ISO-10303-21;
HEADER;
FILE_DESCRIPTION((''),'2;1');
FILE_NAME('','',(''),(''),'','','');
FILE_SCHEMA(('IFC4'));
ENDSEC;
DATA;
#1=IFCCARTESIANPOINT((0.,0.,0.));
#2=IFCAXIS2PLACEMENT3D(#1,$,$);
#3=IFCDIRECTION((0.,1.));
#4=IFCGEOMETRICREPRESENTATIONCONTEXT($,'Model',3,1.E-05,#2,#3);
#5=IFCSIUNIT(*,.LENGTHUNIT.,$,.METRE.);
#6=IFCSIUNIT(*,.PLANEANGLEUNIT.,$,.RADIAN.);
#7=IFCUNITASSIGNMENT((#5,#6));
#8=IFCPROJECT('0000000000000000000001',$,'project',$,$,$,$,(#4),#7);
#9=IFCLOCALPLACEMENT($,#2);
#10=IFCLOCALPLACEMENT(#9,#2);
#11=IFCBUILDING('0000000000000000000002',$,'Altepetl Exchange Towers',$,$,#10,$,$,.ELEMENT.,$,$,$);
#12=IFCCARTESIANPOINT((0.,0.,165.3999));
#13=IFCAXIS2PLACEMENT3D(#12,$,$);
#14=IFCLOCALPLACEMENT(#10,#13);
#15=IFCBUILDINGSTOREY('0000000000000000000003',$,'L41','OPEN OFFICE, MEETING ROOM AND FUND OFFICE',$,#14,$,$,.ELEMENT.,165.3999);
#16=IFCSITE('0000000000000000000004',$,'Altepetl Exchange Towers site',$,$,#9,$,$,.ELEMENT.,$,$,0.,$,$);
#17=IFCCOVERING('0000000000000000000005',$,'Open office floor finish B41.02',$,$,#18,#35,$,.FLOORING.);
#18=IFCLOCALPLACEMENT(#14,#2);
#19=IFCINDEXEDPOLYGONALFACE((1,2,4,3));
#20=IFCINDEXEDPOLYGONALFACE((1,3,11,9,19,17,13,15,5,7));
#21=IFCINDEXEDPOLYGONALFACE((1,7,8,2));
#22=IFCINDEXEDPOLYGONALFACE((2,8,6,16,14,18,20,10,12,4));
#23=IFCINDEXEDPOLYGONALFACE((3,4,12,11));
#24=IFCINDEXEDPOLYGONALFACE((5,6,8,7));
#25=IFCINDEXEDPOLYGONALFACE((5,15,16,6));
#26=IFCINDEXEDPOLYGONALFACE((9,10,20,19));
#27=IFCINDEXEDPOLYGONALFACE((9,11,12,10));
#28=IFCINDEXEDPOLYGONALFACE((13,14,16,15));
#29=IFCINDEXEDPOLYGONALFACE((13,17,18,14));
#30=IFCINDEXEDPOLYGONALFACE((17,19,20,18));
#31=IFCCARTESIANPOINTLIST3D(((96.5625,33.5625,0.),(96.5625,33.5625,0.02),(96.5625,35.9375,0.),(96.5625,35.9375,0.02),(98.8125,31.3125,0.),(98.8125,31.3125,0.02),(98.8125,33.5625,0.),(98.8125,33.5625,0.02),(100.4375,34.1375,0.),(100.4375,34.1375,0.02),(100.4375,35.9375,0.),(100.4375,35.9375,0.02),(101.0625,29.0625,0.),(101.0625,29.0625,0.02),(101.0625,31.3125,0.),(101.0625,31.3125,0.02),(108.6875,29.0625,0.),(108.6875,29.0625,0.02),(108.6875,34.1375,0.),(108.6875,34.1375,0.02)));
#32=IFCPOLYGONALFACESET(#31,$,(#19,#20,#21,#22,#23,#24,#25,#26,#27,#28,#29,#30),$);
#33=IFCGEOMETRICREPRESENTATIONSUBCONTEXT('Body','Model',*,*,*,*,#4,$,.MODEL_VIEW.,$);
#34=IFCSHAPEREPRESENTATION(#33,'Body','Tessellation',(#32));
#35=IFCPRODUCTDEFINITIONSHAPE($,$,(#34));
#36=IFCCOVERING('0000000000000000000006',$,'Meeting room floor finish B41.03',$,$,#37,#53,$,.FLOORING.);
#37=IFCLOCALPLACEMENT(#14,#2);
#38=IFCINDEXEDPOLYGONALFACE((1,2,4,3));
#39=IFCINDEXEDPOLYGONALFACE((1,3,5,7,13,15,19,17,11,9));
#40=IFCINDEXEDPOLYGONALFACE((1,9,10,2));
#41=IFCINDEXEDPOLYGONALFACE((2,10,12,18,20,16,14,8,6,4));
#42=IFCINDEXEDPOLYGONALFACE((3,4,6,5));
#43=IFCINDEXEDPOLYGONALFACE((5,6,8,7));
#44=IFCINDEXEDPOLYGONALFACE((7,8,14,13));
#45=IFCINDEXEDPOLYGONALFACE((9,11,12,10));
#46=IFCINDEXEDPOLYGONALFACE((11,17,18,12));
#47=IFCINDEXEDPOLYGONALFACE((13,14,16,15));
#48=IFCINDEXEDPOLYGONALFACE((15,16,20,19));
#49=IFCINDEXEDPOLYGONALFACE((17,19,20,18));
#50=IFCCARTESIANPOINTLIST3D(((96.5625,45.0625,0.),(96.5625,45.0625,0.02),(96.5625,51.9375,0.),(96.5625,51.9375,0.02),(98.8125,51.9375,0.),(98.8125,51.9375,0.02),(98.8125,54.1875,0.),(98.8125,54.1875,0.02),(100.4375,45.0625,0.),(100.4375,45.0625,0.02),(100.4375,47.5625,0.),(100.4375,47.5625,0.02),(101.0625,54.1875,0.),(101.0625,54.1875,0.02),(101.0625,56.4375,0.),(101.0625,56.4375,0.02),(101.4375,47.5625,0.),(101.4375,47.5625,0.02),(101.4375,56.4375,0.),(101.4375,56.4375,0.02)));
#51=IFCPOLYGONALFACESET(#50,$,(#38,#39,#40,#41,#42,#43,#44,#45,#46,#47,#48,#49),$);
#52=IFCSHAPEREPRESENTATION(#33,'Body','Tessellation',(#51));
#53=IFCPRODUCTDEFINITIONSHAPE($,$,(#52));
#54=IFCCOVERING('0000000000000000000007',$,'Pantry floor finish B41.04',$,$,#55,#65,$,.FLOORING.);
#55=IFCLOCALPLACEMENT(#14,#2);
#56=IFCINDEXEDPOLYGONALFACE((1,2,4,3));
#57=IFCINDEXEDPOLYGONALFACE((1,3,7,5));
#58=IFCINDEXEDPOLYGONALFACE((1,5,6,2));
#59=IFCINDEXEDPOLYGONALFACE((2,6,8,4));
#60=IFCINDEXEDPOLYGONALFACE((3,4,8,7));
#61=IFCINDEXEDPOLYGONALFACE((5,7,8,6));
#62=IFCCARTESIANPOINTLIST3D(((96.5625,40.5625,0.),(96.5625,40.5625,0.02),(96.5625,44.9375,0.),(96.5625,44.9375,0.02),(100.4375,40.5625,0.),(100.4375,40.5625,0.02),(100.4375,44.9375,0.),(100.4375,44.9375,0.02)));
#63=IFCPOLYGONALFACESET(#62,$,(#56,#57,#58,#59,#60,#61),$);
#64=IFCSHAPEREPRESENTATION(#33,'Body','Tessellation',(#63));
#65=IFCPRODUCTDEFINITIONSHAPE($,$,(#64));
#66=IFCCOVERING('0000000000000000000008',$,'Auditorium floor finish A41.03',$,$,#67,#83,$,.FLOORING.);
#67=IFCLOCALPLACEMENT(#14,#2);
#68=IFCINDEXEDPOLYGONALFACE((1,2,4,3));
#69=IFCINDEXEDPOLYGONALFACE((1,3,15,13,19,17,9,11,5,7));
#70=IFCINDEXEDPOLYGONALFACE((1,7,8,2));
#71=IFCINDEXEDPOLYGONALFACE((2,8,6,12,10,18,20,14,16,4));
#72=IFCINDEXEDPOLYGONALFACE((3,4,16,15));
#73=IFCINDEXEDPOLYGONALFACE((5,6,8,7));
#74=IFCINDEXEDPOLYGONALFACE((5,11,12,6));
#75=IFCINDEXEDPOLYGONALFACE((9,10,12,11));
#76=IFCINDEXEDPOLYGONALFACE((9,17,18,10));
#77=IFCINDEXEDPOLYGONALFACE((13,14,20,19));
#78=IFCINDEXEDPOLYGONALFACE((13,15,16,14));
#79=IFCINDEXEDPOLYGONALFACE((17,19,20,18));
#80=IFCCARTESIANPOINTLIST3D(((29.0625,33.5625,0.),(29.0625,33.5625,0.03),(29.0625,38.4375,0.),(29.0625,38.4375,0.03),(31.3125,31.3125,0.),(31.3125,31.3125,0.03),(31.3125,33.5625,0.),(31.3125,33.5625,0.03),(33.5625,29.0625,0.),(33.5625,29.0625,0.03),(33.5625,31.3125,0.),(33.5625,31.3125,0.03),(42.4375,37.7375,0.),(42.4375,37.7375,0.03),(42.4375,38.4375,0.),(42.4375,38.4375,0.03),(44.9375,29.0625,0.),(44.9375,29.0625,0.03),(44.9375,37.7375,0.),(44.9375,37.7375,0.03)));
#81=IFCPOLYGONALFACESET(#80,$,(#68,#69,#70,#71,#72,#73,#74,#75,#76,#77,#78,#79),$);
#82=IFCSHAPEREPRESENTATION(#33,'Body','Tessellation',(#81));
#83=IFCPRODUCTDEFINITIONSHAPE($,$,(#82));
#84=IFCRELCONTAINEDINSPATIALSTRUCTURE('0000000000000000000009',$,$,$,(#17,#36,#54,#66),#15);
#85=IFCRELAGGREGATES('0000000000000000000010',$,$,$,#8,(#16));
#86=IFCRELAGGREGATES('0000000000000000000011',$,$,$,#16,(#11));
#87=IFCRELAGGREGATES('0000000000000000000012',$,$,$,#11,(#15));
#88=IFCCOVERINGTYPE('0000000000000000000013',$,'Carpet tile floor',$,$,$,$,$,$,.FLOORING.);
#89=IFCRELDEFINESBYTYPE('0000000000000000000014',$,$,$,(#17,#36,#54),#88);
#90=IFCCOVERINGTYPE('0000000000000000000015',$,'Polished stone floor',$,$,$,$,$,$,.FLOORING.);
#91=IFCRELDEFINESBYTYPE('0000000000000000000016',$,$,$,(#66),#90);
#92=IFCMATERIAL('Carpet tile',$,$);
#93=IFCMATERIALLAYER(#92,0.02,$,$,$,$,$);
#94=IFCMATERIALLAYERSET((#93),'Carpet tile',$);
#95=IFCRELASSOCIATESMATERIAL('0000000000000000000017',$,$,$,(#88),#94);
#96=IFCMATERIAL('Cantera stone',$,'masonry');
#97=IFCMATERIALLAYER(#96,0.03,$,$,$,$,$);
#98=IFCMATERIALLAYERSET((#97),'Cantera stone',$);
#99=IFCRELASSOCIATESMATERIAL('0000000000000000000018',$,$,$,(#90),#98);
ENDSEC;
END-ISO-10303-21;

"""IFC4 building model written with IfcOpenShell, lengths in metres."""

from ifc_helpers import new_model, si_unit, direction, frame, origin, place, context, subcontext, project, spatial, polyline, outline, extrude, material, layer, layer_set, type_object, element, save


model = new_model("IFC4")

# Units and contexts
model_context = context("Model", 3, precision=1e-05, world=origin(), true_north=direction((0.0, 1.0)))
body_context = subcontext(model_context, "Body", "Model", "MODEL_VIEW")
ifc_project = project(units=[si_unit("LENGTHUNIT", "METRE"), si_unit("PLANEANGLEUNIT", "RADIAN")], contexts=[model_context])

# Site, building, storey
site_placement = place(None, origin())
site = spatial("IfcSite", under=ifc_project, at=site_placement, Name="Altepetl Exchange Towers site", CompositionType="ELEMENT", RefElevation=0.0)
building_placement = place(site_placement, origin())
building = spatial("IfcBuilding", under=site, at=building_placement, Name="Altepetl Exchange Towers", CompositionType="ELEMENT")
storey_placement = place(building_placement, frame((0.0, 0.0, 165.3999)))
storey = spatial("IfcBuildingStorey", under=building, at=storey_placement, Name="L41", Description="OPEN OFFICE, MEETING ROOM AND FUND OFFICE", CompositionType="ELEMENT", Elevation=165.3999)

# Coverings
ifc_material_1 = material(Name="Carpet tile")
ifc_layer_1 = layer(ifc_material_1, 0.02)
ifc_layer_set_1 = layer_set([ifc_layer_1], Name="Carpet tile")
covering_type_1 = type_object("IfcCoveringType", Name="Carpet tile floor", PredefinedType="FLOORING", material=ifc_layer_set_1)
covering_1_placement = place(storey_placement, origin())
element("IfcCovering", 1, at=covering_1_placement, inside=storey, type_object=covering_type_1, Name="Open office floor finish B41.02", PredefinedType="FLOORING", context=body_context, shape_type="SweptSolid", body=[
    extrude(outline(polyline([(108.6875, 29.0625), (108.6875, 34.1375), (100.4375, 34.1375), (100.4375, 35.9375), (96.5625, 35.9375), (96.5625, 33.5625), (98.8125, 33.5625), (98.8125, 31.3125), (101.0625, 31.3125), (101.0625, 29.0625), (108.6875, 29.0625)])), origin(), (0.0, 0.0, 1.0), 0.02),
])
covering_2_placement = place(storey_placement, origin())
element("IfcCovering", 2, at=covering_2_placement, inside=storey, type_object=covering_type_1, Name="Meeting room floor finish B41.03", PredefinedType="FLOORING", context=body_context, shape_type="SweptSolid", body=[
    extrude(outline(polyline([(101.4375, 47.5625), (101.4375, 56.4375), (101.0625, 56.4375), (101.0625, 54.1875), (98.8125, 54.1875), (98.8125, 51.9375), (96.5625, 51.9375), (96.5625, 45.0625), (100.4375, 45.0625), (100.4375, 47.5625), (101.4375, 47.5625)])), origin(), (0.0, 0.0, 1.0), 0.02),
])
covering_3_placement = place(storey_placement, origin())
element("IfcCovering", 3, at=covering_3_placement, inside=storey, type_object=covering_type_1, Name="Pantry floor finish B41.04", PredefinedType="FLOORING", context=body_context, shape_type="SweptSolid", body=[
    extrude(outline(polyline([(100.4375, 44.9375), (96.5625, 44.9375), (96.5625, 40.5625), (100.4375, 40.5625), (100.4375, 44.9375)])), origin(), (0.0, 0.0, 1.0), 0.02),
])
ifc_material_2 = material(Name="Cantera stone", Category="masonry")
ifc_layer_2 = layer(ifc_material_2, 0.03)
ifc_layer_set_2 = layer_set([ifc_layer_2], Name="Cantera stone")
covering_type_2 = type_object("IfcCoveringType", Name="Polished stone floor", PredefinedType="FLOORING", material=ifc_layer_set_2)
covering_4_placement = place(storey_placement, origin())
element("IfcCovering", 4, at=covering_4_placement, inside=storey, type_object=covering_type_2, Name="Auditorium floor finish A41.03", PredefinedType="FLOORING", context=body_context, shape_type="SweptSolid", body=[
    extrude(outline(polyline([(33.5625, 29.0625), (44.9375, 29.0625), (44.9375, 37.7375), (42.4375, 37.7375), (42.4375, 38.4375), (29.0625, 38.4375), (29.0625, 33.5625), (31.3125, 33.5625), (31.3125, 31.3125), (33.5625, 31.3125), (33.5625, 29.0625)])), origin(), (0.0, 0.0, 1.0), 0.03),
])

save(model, "model.ifc")
